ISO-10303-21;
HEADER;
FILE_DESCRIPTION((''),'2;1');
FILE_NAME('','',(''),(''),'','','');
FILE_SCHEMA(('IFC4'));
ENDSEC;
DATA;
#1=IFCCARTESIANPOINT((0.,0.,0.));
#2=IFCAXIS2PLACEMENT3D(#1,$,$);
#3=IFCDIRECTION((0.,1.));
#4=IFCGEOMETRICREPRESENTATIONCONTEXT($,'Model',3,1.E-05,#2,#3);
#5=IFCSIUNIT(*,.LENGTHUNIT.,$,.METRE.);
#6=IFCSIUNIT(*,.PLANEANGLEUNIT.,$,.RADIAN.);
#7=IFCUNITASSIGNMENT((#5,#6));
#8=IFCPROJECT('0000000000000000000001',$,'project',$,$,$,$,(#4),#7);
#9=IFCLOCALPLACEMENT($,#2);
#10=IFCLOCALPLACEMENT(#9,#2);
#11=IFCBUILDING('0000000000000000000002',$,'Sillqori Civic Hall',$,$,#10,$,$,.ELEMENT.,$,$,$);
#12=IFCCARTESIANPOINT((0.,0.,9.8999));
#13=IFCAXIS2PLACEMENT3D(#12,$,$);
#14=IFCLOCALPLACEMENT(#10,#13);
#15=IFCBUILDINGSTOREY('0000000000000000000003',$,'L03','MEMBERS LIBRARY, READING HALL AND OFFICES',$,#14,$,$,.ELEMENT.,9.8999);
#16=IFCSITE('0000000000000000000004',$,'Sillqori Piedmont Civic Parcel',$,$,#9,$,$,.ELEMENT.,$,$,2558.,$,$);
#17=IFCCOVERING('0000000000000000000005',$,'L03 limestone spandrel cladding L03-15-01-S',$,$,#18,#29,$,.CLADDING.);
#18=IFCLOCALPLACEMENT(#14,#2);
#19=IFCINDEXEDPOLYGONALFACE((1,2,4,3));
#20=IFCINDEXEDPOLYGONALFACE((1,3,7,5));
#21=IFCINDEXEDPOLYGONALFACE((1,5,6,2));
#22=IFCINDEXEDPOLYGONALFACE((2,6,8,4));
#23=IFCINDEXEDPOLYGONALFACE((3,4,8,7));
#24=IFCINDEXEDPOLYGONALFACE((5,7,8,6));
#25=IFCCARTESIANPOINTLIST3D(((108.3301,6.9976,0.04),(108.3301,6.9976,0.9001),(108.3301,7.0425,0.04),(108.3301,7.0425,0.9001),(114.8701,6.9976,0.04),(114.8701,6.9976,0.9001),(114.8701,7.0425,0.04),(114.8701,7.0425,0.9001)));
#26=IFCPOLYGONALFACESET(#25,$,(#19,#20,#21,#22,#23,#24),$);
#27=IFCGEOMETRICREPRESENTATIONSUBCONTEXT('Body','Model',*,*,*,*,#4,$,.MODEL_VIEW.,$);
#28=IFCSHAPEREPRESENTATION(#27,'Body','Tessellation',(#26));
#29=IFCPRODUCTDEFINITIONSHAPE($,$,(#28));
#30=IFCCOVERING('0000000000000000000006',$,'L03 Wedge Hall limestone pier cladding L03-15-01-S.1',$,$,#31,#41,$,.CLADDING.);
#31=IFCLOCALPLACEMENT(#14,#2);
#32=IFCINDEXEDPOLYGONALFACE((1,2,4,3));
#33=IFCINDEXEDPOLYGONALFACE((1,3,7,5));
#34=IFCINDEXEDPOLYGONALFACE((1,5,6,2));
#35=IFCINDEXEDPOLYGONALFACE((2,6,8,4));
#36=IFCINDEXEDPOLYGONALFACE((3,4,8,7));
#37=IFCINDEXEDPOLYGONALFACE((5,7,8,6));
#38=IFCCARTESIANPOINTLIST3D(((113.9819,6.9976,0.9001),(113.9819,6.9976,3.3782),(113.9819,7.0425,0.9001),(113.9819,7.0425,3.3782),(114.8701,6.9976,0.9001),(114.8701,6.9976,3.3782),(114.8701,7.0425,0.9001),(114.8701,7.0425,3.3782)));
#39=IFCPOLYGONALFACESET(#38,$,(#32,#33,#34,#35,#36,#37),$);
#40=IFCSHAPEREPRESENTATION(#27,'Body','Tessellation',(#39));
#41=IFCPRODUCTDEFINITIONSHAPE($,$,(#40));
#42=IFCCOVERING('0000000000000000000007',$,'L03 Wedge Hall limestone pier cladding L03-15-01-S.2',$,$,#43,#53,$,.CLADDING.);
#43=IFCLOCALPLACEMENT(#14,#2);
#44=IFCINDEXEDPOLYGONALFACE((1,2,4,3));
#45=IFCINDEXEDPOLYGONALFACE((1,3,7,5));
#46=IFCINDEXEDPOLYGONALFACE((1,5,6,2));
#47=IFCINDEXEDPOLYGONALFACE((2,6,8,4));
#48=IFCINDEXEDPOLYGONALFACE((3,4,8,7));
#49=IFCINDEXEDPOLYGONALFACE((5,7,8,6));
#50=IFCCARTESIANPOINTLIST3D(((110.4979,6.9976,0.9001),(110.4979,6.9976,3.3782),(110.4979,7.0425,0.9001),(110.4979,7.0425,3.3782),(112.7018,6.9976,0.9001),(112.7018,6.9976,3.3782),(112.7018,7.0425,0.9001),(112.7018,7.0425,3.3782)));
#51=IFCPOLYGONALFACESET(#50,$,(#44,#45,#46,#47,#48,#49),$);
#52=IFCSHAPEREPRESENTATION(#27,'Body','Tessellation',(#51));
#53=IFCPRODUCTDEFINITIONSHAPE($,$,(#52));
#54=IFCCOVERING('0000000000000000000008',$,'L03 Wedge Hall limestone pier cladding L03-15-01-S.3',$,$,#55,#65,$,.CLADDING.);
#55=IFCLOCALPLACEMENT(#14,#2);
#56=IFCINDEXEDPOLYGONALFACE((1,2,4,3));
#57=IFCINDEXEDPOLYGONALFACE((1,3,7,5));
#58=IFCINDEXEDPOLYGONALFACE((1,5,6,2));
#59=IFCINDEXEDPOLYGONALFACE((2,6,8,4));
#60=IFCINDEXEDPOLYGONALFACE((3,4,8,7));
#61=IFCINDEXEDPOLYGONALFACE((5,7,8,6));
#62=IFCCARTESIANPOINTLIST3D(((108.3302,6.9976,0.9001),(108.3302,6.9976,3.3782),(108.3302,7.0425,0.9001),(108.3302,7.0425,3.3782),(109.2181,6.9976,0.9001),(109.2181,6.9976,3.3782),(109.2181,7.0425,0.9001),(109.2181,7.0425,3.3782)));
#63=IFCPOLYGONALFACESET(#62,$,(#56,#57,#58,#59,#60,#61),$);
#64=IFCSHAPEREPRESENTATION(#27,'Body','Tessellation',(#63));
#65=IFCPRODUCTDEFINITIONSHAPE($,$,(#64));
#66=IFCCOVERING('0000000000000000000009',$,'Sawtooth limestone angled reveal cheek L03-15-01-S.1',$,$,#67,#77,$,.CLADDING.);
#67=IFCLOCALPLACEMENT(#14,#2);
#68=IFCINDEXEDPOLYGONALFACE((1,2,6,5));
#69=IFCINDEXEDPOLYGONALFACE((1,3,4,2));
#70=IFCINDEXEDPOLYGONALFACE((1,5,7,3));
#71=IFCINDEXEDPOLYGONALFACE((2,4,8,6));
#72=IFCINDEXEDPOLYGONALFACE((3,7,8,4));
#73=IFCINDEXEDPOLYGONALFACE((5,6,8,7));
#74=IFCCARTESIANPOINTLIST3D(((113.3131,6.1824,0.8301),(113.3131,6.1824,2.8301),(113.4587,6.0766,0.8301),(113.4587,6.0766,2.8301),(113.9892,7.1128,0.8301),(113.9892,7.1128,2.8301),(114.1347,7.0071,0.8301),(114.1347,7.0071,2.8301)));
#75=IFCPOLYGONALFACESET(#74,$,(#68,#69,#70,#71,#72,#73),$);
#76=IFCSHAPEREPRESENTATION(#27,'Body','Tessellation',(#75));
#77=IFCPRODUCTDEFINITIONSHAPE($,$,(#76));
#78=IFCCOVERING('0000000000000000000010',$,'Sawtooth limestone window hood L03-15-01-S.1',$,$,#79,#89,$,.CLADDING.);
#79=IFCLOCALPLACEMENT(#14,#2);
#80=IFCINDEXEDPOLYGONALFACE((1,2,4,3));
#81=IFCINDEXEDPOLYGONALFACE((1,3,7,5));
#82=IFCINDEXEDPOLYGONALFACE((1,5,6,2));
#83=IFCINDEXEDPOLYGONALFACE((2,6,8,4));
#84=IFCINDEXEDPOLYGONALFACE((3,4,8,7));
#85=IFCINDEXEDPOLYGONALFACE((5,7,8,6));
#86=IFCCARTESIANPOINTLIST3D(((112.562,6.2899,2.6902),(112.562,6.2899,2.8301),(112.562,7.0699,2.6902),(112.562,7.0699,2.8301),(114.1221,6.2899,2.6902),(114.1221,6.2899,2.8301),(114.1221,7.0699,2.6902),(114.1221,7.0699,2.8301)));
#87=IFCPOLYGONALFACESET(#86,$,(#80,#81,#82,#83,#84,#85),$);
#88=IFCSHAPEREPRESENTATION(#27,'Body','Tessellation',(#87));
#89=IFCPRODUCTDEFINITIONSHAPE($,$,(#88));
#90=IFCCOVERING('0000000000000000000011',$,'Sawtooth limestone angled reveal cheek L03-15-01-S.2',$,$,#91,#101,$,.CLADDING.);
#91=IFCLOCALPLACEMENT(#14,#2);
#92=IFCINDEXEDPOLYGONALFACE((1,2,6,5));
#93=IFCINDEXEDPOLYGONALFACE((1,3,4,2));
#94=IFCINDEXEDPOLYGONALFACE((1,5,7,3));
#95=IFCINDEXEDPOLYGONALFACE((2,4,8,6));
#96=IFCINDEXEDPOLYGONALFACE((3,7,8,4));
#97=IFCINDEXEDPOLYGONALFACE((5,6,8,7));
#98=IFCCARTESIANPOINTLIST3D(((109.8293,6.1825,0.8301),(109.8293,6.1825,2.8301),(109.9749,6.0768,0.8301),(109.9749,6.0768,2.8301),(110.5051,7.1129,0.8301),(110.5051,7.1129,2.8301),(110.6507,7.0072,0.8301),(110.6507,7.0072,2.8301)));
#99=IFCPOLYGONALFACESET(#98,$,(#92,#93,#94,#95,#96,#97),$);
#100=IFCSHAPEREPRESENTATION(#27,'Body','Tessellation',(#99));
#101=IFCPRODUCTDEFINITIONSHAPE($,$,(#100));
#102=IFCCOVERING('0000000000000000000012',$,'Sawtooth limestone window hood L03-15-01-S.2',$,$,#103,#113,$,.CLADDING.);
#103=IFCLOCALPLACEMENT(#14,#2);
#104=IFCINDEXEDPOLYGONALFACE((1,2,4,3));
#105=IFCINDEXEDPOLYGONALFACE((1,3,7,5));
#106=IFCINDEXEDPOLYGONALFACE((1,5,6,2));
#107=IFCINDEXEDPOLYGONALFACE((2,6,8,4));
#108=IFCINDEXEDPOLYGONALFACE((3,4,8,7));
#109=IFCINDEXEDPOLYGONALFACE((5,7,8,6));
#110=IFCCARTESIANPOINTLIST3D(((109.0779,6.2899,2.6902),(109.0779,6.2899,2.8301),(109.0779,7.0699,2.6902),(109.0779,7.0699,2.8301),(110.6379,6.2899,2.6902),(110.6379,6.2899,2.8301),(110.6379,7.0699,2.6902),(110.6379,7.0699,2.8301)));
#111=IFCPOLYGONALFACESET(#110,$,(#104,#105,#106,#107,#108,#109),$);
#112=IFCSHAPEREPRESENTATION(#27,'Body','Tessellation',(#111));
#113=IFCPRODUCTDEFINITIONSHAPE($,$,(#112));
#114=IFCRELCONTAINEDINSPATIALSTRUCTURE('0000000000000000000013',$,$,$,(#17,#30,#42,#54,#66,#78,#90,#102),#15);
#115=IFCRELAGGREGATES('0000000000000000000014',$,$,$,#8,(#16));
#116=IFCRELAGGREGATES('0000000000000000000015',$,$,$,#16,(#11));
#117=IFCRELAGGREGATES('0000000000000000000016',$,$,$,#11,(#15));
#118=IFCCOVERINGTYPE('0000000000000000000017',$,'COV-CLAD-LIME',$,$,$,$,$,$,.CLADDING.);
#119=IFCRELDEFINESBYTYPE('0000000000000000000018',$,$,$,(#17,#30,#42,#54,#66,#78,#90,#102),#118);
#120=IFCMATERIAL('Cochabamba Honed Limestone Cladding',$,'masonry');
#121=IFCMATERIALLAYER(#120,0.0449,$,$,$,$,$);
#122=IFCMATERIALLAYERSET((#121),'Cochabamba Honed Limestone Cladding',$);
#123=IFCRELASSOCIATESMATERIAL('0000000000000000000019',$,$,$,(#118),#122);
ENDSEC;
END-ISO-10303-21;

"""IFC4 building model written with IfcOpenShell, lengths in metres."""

from ifc_helpers import new_model, si_unit, direction, frame, frame_2d, origin, place, context, subcontext, project, spatial, rectangle, extrude, material, layer, layer_set, type_object, element, save


model = new_model("IFC4")

# Units and contexts
model_context = context("Model", 3, precision=1e-05, world=origin(), true_north=direction((0.0, 1.0)))
body_context = subcontext(model_context, "Body", "Model", "MODEL_VIEW")
ifc_project = project(units=[si_unit("LENGTHUNIT", "METRE"), si_unit("PLANEANGLEUNIT", "RADIAN")], contexts=[model_context])

# Site, building, storey
site_placement = place(None, origin())
site = spatial("IfcSite", under=ifc_project, at=site_placement, Name="Sillqori Piedmont Civic Parcel", CompositionType="ELEMENT", RefElevation=2558.0)
building_placement = place(site_placement, origin())
building = spatial("IfcBuilding", under=site, at=building_placement, Name="Sillqori Civic Hall", CompositionType="ELEMENT")
storey_placement = place(building_placement, frame((0.0, 0.0, 9.8999)))
storey = spatial("IfcBuildingStorey", under=building, at=storey_placement, Name="L03", Description="MEMBERS LIBRARY, READING HALL AND OFFICES", CompositionType="ELEMENT", Elevation=9.8999)

# Coverings
ifc_material_1 = material(Name="Cochabamba Honed Limestone Cladding", Category="masonry")
ifc_layer_1 = layer(ifc_material_1, 0.0449)
ifc_layer_set_1 = layer_set([ifc_layer_1], Name="Cochabamba Honed Limestone Cladding")
covering_type = type_object("IfcCoveringType", Name="COV-CLAD-LIME", PredefinedType="CLADDING", material=ifc_layer_set_1)
covering_1_placement = place(storey_placement, frame((114.8701, 7.02, 0.04), z_axis=(0.0, 0.0, 1.0), x_axis=(-1.0, 0.0, 0.0)))
element("IfcCovering", 1, at=covering_1_placement, inside=storey, type_object=covering_type, Name="L03 limestone spandrel cladding L03-15-01-S", PredefinedType="CLADDING", context=body_context, shape_type="SweptSolid", body=[
    extrude(rectangle(XDim=6.54, YDim=0.0449, at=frame_2d((3.27, 0.0))), origin(), (0.0, 0.0, 1.0), 0.8601),
])
covering_2_placement = place(storey_placement, frame((114.8701, 7.02, 0.9001), z_axis=(0.0, 0.0, 1.0), x_axis=(-1.0, 0.0, 0.0)))
element("IfcCovering", 2, at=covering_2_placement, inside=storey, type_object=covering_type, Name="L03 Wedge Hall limestone pier cladding L03-15-01-S.1", PredefinedType="CLADDING", context=body_context, shape_type="SweptSolid", body=[
    extrude(rectangle(XDim=0.8882, YDim=0.0449, at=frame_2d((0.4441, 0.0))), origin(), (0.0, 0.0, 1.0), 2.478),
])
covering_3_placement = place(storey_placement, frame((112.7019, 7.02, 0.9001), z_axis=(0.0, 0.0, 1.0), x_axis=(-1.0, 0.0, 0.0)))
element("IfcCovering", 3, at=covering_3_placement, inside=storey, type_object=covering_type, Name="L03 Wedge Hall limestone pier cladding L03-15-01-S.2", PredefinedType="CLADDING", context=body_context, shape_type="SweptSolid", body=[
    extrude(rectangle(XDim=2.2039, YDim=0.0449, at=frame_2d((1.1021, 0.0))), origin(), (0.0, 0.0, 1.0), 2.478),
])
covering_4_placement = place(storey_placement, frame((109.218, 7.02, 0.9001), z_axis=(0.0, 0.0, 1.0), x_axis=(-1.0, 0.0, 0.0)))
element("IfcCovering", 4, at=covering_4_placement, inside=storey, type_object=covering_type, Name="L03 Wedge Hall limestone pier cladding L03-15-01-S.3", PredefinedType="CLADDING", context=body_context, shape_type="SweptSolid", body=[
    extrude(rectangle(XDim=0.8879, YDim=0.0449, at=frame_2d((0.4438, 0.0))), origin(), (0.0, 0.0, 1.0), 2.478),
])
covering_5_placement = place(storey_placement, frame((114.062, 7.0601, 0.8301), z_axis=(0.0, 0.0, 1.0), x_axis=(-0.587806, -0.809002, 0.0)))
element("IfcCovering", 5, at=covering_5_placement, inside=storey, type_object=covering_type, Name="Sawtooth limestone angled reveal cheek L03-15-01-S.1", PredefinedType="CLADDING", context=body_context, shape_type="SweptSolid", body=[
    extrude(rectangle(XDim=1.1501, YDim=0.1799, at=frame_2d((0.5752, 0.0))), origin(), (0.0, 0.0, 1.0), 2.0),
])
covering_6_placement = place(storey_placement, frame((114.1221, 6.6799, 2.6902), z_axis=(0.0, 0.0, 1.0), x_axis=(-1.0, 0.0, 0.0)))
element("IfcCovering", 6, at=covering_6_placement, inside=storey, type_object=covering_type, Name="Sawtooth limestone window hood L03-15-01-S.1", PredefinedType="CLADDING", context=body_context, shape_type="SweptSolid", body=[
    extrude(rectangle(XDim=1.5601, YDim=0.78, at=frame_2d((0.78, 0.0))), origin(), (0.0, 0.0, 1.0), 0.1399),
])
covering_7_placement = place(storey_placement, frame((110.5779, 7.0601, 0.8301), z_axis=(0.0, 0.0, 1.0), x_axis=(-0.587667, -0.809103, 0.0)))
element("IfcCovering", 7, at=covering_7_placement, inside=storey, type_object=covering_type, Name="Sawtooth limestone angled reveal cheek L03-15-01-S.2", PredefinedType="CLADDING", context=body_context, shape_type="SweptSolid", body=[
    extrude(rectangle(XDim=1.1499, YDim=0.1799, at=frame_2d((0.575, 0.0))), origin(), (0.0, 0.0, 1.0), 2.0),
])
covering_8_placement = place(storey_placement, frame((110.6379, 6.6799, 2.6902), z_axis=(0.0, 0.0, 1.0), x_axis=(-1.0, 0.0, 0.0)))
element("IfcCovering", 8, at=covering_8_placement, inside=storey, type_object=covering_type, Name="Sawtooth limestone window hood L03-15-01-S.2", PredefinedType="CLADDING", context=body_context, shape_type="SweptSolid", body=[
    extrude(rectangle(XDim=1.5601, YDim=0.78, at=frame_2d((0.78, 0.0))), origin(), (0.0, 0.0, 1.0), 0.1399),
])

save(model, "model.ifc")
